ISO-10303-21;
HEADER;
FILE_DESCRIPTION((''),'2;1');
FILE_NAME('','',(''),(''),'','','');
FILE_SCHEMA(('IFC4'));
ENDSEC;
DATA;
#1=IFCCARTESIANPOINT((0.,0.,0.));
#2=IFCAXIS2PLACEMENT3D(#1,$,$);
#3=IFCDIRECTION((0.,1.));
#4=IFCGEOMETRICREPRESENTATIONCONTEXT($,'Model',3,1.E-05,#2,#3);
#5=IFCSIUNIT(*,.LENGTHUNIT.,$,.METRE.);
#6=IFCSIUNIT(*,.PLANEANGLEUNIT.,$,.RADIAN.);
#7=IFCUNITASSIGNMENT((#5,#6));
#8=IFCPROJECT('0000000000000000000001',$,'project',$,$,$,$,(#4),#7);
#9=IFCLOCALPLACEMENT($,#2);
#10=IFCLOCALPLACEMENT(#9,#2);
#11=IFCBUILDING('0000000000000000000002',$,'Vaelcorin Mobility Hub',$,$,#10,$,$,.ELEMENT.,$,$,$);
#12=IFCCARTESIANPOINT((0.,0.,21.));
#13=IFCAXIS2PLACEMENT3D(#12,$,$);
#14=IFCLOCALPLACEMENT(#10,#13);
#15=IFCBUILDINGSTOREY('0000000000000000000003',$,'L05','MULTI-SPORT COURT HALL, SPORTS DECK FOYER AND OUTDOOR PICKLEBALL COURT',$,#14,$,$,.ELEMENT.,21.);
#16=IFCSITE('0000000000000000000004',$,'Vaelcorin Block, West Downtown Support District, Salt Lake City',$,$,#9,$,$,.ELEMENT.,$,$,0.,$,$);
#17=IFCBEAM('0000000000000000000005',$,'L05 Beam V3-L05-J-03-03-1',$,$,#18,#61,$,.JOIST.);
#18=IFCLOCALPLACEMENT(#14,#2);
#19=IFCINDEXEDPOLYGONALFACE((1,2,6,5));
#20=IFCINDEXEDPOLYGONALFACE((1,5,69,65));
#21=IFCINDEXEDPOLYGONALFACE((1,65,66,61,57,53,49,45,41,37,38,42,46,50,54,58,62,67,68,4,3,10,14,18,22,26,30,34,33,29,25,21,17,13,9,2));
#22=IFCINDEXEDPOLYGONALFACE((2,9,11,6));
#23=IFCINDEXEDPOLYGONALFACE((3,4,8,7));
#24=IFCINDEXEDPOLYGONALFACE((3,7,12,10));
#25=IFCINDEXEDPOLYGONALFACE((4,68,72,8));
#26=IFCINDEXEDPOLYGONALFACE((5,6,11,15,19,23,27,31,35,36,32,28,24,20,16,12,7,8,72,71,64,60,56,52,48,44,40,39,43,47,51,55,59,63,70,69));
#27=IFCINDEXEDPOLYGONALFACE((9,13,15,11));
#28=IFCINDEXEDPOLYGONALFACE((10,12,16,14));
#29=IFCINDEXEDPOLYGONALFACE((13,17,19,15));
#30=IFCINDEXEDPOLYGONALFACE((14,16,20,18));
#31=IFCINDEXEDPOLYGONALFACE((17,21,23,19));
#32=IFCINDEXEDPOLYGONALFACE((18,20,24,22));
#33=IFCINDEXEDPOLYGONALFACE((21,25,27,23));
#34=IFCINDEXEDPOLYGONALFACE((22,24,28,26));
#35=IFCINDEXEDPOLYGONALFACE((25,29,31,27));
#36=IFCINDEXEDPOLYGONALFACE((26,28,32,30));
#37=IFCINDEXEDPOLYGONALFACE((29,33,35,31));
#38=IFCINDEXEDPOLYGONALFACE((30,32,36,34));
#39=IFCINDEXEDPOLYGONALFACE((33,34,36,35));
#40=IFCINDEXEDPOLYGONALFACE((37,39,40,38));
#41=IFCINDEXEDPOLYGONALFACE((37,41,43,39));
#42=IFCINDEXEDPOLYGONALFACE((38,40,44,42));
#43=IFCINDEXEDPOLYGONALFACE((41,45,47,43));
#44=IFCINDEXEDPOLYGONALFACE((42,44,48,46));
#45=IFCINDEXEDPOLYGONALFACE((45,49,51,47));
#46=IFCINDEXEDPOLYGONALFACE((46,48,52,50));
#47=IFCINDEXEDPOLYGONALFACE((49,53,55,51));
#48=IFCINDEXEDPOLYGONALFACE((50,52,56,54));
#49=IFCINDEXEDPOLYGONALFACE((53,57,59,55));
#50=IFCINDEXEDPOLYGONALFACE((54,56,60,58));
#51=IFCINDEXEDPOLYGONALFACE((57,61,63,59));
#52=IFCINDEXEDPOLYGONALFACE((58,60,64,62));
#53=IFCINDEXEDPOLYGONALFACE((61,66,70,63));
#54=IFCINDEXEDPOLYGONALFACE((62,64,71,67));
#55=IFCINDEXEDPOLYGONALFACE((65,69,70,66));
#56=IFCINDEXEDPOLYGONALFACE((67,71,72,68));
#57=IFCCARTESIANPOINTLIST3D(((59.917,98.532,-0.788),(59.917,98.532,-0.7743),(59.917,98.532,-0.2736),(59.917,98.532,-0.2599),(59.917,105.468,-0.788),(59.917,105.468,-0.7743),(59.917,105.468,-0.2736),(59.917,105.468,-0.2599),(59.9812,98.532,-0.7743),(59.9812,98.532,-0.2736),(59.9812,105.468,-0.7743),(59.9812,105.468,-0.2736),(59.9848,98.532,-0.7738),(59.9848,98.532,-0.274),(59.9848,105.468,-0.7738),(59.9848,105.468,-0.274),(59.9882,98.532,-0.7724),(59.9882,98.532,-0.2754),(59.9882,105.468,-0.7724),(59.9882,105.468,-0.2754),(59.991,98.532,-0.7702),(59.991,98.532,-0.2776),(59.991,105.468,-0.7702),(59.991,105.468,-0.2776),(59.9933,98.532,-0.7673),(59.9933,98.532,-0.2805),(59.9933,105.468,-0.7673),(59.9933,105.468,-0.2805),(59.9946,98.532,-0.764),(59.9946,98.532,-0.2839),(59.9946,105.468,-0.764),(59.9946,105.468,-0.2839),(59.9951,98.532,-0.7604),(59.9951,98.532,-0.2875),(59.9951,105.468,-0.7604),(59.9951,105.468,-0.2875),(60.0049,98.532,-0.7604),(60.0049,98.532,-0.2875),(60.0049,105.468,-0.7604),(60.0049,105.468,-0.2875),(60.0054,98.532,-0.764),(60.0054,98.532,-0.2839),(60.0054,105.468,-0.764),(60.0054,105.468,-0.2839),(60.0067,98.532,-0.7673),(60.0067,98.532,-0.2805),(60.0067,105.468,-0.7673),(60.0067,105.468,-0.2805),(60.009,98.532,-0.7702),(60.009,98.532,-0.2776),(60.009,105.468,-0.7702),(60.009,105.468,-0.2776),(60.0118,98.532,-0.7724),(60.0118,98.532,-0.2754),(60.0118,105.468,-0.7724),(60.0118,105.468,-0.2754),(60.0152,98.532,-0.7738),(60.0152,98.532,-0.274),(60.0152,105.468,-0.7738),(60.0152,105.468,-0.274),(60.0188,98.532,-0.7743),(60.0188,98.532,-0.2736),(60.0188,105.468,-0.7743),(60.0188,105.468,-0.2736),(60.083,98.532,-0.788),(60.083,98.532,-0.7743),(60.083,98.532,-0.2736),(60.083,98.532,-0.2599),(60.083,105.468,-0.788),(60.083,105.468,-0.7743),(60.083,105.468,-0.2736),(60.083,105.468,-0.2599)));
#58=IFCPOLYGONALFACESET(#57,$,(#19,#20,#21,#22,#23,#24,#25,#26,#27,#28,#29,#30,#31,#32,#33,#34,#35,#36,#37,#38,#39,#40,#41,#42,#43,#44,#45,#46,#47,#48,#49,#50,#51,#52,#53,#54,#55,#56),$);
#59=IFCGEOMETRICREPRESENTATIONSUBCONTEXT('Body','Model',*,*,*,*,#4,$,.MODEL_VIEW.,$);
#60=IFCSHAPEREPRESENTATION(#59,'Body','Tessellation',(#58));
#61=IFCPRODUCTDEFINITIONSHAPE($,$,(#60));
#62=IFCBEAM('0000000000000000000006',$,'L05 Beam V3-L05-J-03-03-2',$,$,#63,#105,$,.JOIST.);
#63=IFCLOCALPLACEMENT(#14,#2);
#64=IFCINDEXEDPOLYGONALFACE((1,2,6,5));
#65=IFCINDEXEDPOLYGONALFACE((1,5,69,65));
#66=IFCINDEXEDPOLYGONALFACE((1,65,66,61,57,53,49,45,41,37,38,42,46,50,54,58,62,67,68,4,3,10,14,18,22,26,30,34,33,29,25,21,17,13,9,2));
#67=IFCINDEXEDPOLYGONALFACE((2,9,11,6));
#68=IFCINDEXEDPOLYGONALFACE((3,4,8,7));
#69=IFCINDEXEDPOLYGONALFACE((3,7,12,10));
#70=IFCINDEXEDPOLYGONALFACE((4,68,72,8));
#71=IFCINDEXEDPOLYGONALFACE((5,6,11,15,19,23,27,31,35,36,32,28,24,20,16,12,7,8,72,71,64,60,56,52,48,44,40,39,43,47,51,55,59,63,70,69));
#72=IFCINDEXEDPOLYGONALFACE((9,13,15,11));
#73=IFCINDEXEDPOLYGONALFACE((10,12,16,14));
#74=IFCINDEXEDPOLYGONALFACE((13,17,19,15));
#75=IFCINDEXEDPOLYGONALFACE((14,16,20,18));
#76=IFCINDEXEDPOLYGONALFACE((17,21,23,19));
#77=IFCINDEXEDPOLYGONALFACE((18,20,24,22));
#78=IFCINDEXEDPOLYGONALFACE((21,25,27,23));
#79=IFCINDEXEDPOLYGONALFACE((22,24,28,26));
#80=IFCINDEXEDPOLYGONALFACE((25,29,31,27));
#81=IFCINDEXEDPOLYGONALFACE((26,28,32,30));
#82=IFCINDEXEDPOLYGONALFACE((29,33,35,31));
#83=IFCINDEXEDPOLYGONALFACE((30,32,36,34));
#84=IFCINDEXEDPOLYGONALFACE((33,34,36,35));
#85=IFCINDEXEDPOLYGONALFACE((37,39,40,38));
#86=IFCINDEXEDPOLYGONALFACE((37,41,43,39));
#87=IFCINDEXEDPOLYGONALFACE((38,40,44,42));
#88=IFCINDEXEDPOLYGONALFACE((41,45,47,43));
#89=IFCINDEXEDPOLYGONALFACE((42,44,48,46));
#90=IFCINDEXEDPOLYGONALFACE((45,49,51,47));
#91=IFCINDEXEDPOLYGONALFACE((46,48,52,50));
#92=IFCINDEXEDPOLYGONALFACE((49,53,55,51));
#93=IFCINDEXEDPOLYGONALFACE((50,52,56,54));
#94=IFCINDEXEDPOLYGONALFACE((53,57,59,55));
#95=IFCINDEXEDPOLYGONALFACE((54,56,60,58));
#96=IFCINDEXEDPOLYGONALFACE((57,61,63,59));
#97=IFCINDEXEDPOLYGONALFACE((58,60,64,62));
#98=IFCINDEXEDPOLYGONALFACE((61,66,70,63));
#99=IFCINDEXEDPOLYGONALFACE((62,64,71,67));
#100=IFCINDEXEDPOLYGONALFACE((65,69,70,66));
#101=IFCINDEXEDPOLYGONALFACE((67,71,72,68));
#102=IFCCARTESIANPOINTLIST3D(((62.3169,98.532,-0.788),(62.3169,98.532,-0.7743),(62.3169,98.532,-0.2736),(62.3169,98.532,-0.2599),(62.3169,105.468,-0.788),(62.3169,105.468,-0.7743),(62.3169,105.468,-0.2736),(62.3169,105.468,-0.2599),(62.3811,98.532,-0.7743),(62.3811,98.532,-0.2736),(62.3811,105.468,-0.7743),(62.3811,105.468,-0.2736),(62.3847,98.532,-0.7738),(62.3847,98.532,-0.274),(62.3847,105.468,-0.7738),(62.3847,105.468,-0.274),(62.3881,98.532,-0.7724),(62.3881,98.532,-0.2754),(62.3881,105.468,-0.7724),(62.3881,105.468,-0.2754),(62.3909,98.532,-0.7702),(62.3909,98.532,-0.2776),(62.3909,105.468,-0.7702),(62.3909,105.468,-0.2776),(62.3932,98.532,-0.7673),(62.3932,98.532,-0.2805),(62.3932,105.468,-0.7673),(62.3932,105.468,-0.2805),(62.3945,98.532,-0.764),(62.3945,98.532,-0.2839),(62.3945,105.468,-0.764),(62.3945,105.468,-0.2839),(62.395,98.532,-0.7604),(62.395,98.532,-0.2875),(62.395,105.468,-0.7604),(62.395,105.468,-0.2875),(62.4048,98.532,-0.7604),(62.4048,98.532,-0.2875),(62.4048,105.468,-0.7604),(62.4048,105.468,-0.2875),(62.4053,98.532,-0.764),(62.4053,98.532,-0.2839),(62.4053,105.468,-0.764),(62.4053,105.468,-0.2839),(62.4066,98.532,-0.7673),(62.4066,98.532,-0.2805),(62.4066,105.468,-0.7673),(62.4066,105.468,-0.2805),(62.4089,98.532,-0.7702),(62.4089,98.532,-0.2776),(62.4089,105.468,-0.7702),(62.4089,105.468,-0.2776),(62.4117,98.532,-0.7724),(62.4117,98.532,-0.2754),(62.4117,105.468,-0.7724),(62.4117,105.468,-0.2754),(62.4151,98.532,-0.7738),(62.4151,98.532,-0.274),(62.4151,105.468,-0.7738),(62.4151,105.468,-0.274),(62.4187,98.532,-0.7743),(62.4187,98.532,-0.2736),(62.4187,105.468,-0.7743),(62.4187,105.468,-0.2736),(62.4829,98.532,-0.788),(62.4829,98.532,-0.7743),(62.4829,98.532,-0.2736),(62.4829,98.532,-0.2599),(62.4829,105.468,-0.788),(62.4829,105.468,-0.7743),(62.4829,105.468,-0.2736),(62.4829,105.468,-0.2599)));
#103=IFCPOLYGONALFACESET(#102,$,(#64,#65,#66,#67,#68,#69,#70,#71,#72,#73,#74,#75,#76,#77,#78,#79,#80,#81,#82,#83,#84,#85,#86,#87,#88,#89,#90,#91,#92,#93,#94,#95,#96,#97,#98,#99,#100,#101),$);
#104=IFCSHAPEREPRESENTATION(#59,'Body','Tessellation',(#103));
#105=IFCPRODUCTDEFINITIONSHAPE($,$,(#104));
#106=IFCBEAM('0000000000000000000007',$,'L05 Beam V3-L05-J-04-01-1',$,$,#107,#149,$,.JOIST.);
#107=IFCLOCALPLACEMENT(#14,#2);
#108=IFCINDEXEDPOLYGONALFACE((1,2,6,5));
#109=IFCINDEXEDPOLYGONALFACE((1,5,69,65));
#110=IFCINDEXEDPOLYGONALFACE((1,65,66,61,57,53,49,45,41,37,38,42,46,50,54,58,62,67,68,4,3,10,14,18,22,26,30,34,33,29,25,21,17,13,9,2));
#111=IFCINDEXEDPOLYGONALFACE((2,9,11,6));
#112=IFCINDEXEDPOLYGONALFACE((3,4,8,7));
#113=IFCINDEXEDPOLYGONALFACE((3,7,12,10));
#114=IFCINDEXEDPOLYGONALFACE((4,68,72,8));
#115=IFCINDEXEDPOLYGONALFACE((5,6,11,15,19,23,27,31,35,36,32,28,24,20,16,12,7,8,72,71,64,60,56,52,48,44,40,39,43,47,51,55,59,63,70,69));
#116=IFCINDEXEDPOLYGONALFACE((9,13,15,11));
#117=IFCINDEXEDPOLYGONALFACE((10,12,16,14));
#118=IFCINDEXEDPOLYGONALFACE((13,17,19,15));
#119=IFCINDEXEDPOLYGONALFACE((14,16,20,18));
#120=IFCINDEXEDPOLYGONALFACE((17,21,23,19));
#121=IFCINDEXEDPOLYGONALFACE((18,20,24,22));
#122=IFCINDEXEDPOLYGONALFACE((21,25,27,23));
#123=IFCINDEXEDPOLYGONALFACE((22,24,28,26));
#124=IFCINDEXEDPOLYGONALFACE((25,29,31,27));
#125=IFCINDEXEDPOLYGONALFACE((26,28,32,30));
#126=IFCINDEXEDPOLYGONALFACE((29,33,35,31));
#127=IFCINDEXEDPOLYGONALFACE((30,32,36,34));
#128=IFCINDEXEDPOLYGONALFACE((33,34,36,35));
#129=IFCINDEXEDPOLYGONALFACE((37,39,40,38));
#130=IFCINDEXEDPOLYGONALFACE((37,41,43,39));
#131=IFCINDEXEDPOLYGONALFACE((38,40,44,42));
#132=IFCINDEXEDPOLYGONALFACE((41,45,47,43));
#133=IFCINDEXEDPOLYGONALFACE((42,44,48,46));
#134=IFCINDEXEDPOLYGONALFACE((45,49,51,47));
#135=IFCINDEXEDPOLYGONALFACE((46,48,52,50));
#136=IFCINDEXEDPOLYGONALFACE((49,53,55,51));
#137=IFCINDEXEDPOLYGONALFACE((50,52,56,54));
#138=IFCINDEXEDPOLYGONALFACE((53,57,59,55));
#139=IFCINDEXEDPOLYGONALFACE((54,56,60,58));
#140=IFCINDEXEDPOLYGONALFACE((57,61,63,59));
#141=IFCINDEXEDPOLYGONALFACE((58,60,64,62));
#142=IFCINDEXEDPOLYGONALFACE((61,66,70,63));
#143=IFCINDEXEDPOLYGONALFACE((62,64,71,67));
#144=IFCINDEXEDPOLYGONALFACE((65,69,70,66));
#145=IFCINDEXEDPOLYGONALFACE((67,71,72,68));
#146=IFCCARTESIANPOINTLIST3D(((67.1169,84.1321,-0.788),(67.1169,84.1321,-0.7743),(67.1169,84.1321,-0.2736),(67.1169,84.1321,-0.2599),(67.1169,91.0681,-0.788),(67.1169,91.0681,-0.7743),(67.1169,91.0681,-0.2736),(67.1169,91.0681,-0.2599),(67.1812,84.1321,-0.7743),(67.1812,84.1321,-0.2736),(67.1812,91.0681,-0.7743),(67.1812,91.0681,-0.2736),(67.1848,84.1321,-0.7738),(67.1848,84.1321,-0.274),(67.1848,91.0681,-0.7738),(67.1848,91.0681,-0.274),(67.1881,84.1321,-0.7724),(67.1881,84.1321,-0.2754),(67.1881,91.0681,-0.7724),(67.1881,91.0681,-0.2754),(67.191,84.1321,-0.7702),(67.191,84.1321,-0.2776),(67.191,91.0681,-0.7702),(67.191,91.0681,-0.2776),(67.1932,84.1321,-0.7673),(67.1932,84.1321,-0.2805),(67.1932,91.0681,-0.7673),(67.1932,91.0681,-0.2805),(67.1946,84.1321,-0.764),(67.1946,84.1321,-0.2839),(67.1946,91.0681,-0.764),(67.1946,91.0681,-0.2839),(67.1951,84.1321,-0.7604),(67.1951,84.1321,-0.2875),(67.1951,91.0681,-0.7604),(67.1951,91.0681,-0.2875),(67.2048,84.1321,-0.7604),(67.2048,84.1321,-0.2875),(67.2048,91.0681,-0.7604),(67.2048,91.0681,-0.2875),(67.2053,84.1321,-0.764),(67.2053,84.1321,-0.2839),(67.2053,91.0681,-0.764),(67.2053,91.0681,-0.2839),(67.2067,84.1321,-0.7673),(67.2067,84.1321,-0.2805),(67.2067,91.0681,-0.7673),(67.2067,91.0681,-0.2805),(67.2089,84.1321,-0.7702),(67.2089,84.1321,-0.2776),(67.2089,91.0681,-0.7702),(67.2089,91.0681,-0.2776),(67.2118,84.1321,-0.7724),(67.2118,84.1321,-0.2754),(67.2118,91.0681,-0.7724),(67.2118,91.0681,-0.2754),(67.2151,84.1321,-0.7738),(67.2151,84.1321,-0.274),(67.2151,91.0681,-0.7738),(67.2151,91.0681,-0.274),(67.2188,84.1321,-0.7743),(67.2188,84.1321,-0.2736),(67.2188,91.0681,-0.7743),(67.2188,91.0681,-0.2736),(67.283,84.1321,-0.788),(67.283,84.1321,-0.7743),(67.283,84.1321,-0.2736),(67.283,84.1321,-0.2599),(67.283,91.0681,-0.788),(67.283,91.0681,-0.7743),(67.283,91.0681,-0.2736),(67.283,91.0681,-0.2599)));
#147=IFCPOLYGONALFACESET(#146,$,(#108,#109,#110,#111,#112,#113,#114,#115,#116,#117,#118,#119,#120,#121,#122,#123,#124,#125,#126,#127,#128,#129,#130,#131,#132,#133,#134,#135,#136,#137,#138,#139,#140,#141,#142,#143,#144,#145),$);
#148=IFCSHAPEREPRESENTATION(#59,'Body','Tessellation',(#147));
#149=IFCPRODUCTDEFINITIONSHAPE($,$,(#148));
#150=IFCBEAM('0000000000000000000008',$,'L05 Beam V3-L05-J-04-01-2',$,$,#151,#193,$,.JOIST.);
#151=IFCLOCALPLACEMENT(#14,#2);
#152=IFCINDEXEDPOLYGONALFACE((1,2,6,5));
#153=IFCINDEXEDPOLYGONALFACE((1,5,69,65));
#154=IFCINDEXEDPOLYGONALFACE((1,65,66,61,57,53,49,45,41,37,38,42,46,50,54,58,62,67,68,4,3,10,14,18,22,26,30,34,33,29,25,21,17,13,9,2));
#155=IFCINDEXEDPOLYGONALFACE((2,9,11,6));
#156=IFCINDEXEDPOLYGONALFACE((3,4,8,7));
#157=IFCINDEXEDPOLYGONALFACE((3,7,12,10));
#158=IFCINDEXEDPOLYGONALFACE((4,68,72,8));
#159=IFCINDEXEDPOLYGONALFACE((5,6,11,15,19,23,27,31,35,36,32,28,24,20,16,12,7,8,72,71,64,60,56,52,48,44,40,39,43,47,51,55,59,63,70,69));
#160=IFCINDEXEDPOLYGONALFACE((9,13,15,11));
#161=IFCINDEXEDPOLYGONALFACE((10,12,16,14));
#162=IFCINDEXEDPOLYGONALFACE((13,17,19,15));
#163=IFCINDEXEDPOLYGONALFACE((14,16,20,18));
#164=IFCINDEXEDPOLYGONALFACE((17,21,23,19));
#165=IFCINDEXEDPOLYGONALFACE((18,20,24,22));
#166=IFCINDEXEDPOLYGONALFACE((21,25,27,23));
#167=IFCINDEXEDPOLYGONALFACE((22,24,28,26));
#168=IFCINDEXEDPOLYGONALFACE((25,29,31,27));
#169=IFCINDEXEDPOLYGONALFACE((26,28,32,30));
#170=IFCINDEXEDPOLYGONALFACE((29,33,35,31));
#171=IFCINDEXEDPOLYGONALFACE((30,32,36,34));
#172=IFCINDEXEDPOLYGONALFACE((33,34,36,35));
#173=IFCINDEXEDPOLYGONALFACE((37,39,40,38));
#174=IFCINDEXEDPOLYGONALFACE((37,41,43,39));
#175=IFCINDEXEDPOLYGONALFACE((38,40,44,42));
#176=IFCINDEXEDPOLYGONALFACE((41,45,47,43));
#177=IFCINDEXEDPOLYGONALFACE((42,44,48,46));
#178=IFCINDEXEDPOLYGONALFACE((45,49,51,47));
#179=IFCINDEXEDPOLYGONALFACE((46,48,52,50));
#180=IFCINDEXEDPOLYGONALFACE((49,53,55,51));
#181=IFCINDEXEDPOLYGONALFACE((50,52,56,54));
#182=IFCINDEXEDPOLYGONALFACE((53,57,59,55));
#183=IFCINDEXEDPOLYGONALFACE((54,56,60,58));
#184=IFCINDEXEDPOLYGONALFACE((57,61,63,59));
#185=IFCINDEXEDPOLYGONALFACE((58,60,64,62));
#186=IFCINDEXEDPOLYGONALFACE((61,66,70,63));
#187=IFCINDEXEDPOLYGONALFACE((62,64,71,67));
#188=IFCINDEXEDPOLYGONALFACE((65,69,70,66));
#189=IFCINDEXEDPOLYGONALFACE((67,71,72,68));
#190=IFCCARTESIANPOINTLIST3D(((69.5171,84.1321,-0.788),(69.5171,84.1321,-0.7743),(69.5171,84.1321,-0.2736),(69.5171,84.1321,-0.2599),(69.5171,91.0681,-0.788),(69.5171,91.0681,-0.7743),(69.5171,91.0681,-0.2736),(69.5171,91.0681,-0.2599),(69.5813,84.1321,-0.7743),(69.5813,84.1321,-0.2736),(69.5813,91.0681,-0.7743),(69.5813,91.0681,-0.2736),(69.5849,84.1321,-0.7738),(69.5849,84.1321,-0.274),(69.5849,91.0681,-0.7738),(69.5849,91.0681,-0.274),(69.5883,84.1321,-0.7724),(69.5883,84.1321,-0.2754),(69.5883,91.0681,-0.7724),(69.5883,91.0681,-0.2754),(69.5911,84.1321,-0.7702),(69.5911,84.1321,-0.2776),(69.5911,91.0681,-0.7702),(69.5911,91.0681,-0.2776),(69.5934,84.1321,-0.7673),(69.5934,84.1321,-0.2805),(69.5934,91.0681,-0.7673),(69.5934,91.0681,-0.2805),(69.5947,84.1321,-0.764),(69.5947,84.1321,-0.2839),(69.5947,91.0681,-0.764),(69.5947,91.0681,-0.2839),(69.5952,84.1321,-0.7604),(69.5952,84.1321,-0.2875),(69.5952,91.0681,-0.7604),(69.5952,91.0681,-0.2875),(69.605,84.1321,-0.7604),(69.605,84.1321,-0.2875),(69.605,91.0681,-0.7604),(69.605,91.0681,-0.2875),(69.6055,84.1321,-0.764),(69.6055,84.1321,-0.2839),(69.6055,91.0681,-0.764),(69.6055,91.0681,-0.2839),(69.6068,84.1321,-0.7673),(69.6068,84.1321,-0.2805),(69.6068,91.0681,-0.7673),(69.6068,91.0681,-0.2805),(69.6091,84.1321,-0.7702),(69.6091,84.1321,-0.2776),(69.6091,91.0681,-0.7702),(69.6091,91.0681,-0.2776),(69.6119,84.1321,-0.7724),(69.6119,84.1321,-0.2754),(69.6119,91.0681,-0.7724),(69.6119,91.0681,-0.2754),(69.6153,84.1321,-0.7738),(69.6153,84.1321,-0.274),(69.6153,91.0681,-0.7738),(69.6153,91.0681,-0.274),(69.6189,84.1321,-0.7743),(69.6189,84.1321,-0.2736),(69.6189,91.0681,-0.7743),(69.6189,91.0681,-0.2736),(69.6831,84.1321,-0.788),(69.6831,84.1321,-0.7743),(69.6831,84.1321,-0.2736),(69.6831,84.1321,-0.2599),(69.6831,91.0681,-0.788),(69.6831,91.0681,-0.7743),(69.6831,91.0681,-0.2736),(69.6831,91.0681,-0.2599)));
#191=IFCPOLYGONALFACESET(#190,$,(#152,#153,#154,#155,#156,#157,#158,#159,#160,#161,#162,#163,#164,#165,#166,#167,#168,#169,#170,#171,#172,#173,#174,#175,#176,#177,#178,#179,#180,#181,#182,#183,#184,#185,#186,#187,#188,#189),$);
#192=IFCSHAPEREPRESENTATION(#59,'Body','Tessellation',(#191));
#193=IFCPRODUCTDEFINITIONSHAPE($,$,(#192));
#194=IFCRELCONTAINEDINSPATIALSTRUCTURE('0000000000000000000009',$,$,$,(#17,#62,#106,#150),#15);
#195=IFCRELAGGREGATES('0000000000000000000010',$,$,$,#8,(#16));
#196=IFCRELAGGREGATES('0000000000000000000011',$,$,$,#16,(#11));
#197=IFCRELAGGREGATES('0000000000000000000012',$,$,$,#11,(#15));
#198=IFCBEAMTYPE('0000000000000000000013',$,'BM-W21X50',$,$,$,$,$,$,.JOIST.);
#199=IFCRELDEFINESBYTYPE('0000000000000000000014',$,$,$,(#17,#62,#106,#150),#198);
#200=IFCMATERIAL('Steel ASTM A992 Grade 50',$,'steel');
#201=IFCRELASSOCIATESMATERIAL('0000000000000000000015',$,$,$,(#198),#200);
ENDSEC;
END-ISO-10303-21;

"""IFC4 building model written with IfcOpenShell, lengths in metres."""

from ifc_helpers import new_model, si_unit, direction, frame, origin, origin_2d, place, context, subcontext, project, spatial, i_section, extrude, material, material_profile, profile_set, type_object, element, save


model = new_model("IFC4")

# Units and contexts
model_context = context("Model", 3, precision=1e-05, world=origin(), true_north=direction((0.0, 1.0)))
body_context = subcontext(model_context, "Body", "Model", "MODEL_VIEW")
ifc_project = project(units=[si_unit("LENGTHUNIT", "METRE"), si_unit("PLANEANGLEUNIT", "RADIAN")], contexts=[model_context])

# Site, building, storey
site_placement = place(None, origin())
site = spatial("IfcSite", under=ifc_project, at=site_placement, Name="Vaelcorin Block, West Downtown Support District, Salt Lake City", CompositionType="ELEMENT", RefElevation=0.0)
building_placement = place(site_placement, origin())
building = spatial("IfcBuilding", under=site, at=building_placement, Name="Vaelcorin Mobility Hub", CompositionType="ELEMENT")
storey_placement = place(building_placement, frame((0.0, 0.0, 21.0)))
storey = spatial("IfcBuildingStorey", under=building, at=storey_placement, Name="L05", Description="MULTI-SPORT COURT HALL, SPORTS DECK FOYER AND OUTDOOR PICKLEBALL COURT", CompositionType="ELEMENT", Elevation=21.0)

# Beams
ifc_material_1 = material(Name="Steel ASTM A992 Grade 50", Category="steel")
ifc_material_profile_1 = material_profile(ifc_material_1, i_section(OverallWidth=0.166, OverallDepth=0.5281, WebThickness=0.0098, FlangeThickness=0.0137, FilletRadius=0.0139, at=origin_2d()), Name="W21X50")
ifc_profile_set_1 = profile_set([ifc_material_profile_1], Name="Steel ASTM A992 Grade 50")
beam_type_1 = type_object("IfcBeamType", Name="BM-W21X50", PredefinedType="JOIST", material=ifc_profile_set_1)
for number, where, z_axis, x_axis, name in (
    (1, (60.0, 98.532, -0.5239), (0.0, 1.0, 0.0), (-1.0, 0.0, 0.0), "L05 Beam V3-L05-J-03-03-1"),
    (2, (62.3999, 98.532, -0.5239), (0.0, 1.0, 0.0), (-1.0, 0.0, 0.0), "L05 Beam V3-L05-J-03-03-2"),
    (3, (67.2, 84.1321, -0.5239), (0.0, 1.0, 0.0), (-1.0, 0.0, 0.0), "L05 Beam V3-L05-J-04-01-1"),
    (4, (69.6001, 84.1321, -0.5239), (0.0, 1.0, 0.0), (-1.0, 0.0, 0.0), "L05 Beam V3-L05-J-04-01-2"),
):
    element("IfcBeam", number, at=place(storey_placement, frame(where, z_axis=z_axis, x_axis=x_axis)), inside=storey, type_object=beam_type_1, Name=name, PredefinedType="JOIST", context=body_context, shape_type="SweptSolid", body=[
        extrude(i_section(OverallWidth=0.166, OverallDepth=0.5281, WebThickness=0.0098, FlangeThickness=0.0137, FilletRadius=0.0139, at=origin_2d()), origin(), (0.0, 0.0, 1.0), 6.936),
    ])

save(model, "model.ifc")
